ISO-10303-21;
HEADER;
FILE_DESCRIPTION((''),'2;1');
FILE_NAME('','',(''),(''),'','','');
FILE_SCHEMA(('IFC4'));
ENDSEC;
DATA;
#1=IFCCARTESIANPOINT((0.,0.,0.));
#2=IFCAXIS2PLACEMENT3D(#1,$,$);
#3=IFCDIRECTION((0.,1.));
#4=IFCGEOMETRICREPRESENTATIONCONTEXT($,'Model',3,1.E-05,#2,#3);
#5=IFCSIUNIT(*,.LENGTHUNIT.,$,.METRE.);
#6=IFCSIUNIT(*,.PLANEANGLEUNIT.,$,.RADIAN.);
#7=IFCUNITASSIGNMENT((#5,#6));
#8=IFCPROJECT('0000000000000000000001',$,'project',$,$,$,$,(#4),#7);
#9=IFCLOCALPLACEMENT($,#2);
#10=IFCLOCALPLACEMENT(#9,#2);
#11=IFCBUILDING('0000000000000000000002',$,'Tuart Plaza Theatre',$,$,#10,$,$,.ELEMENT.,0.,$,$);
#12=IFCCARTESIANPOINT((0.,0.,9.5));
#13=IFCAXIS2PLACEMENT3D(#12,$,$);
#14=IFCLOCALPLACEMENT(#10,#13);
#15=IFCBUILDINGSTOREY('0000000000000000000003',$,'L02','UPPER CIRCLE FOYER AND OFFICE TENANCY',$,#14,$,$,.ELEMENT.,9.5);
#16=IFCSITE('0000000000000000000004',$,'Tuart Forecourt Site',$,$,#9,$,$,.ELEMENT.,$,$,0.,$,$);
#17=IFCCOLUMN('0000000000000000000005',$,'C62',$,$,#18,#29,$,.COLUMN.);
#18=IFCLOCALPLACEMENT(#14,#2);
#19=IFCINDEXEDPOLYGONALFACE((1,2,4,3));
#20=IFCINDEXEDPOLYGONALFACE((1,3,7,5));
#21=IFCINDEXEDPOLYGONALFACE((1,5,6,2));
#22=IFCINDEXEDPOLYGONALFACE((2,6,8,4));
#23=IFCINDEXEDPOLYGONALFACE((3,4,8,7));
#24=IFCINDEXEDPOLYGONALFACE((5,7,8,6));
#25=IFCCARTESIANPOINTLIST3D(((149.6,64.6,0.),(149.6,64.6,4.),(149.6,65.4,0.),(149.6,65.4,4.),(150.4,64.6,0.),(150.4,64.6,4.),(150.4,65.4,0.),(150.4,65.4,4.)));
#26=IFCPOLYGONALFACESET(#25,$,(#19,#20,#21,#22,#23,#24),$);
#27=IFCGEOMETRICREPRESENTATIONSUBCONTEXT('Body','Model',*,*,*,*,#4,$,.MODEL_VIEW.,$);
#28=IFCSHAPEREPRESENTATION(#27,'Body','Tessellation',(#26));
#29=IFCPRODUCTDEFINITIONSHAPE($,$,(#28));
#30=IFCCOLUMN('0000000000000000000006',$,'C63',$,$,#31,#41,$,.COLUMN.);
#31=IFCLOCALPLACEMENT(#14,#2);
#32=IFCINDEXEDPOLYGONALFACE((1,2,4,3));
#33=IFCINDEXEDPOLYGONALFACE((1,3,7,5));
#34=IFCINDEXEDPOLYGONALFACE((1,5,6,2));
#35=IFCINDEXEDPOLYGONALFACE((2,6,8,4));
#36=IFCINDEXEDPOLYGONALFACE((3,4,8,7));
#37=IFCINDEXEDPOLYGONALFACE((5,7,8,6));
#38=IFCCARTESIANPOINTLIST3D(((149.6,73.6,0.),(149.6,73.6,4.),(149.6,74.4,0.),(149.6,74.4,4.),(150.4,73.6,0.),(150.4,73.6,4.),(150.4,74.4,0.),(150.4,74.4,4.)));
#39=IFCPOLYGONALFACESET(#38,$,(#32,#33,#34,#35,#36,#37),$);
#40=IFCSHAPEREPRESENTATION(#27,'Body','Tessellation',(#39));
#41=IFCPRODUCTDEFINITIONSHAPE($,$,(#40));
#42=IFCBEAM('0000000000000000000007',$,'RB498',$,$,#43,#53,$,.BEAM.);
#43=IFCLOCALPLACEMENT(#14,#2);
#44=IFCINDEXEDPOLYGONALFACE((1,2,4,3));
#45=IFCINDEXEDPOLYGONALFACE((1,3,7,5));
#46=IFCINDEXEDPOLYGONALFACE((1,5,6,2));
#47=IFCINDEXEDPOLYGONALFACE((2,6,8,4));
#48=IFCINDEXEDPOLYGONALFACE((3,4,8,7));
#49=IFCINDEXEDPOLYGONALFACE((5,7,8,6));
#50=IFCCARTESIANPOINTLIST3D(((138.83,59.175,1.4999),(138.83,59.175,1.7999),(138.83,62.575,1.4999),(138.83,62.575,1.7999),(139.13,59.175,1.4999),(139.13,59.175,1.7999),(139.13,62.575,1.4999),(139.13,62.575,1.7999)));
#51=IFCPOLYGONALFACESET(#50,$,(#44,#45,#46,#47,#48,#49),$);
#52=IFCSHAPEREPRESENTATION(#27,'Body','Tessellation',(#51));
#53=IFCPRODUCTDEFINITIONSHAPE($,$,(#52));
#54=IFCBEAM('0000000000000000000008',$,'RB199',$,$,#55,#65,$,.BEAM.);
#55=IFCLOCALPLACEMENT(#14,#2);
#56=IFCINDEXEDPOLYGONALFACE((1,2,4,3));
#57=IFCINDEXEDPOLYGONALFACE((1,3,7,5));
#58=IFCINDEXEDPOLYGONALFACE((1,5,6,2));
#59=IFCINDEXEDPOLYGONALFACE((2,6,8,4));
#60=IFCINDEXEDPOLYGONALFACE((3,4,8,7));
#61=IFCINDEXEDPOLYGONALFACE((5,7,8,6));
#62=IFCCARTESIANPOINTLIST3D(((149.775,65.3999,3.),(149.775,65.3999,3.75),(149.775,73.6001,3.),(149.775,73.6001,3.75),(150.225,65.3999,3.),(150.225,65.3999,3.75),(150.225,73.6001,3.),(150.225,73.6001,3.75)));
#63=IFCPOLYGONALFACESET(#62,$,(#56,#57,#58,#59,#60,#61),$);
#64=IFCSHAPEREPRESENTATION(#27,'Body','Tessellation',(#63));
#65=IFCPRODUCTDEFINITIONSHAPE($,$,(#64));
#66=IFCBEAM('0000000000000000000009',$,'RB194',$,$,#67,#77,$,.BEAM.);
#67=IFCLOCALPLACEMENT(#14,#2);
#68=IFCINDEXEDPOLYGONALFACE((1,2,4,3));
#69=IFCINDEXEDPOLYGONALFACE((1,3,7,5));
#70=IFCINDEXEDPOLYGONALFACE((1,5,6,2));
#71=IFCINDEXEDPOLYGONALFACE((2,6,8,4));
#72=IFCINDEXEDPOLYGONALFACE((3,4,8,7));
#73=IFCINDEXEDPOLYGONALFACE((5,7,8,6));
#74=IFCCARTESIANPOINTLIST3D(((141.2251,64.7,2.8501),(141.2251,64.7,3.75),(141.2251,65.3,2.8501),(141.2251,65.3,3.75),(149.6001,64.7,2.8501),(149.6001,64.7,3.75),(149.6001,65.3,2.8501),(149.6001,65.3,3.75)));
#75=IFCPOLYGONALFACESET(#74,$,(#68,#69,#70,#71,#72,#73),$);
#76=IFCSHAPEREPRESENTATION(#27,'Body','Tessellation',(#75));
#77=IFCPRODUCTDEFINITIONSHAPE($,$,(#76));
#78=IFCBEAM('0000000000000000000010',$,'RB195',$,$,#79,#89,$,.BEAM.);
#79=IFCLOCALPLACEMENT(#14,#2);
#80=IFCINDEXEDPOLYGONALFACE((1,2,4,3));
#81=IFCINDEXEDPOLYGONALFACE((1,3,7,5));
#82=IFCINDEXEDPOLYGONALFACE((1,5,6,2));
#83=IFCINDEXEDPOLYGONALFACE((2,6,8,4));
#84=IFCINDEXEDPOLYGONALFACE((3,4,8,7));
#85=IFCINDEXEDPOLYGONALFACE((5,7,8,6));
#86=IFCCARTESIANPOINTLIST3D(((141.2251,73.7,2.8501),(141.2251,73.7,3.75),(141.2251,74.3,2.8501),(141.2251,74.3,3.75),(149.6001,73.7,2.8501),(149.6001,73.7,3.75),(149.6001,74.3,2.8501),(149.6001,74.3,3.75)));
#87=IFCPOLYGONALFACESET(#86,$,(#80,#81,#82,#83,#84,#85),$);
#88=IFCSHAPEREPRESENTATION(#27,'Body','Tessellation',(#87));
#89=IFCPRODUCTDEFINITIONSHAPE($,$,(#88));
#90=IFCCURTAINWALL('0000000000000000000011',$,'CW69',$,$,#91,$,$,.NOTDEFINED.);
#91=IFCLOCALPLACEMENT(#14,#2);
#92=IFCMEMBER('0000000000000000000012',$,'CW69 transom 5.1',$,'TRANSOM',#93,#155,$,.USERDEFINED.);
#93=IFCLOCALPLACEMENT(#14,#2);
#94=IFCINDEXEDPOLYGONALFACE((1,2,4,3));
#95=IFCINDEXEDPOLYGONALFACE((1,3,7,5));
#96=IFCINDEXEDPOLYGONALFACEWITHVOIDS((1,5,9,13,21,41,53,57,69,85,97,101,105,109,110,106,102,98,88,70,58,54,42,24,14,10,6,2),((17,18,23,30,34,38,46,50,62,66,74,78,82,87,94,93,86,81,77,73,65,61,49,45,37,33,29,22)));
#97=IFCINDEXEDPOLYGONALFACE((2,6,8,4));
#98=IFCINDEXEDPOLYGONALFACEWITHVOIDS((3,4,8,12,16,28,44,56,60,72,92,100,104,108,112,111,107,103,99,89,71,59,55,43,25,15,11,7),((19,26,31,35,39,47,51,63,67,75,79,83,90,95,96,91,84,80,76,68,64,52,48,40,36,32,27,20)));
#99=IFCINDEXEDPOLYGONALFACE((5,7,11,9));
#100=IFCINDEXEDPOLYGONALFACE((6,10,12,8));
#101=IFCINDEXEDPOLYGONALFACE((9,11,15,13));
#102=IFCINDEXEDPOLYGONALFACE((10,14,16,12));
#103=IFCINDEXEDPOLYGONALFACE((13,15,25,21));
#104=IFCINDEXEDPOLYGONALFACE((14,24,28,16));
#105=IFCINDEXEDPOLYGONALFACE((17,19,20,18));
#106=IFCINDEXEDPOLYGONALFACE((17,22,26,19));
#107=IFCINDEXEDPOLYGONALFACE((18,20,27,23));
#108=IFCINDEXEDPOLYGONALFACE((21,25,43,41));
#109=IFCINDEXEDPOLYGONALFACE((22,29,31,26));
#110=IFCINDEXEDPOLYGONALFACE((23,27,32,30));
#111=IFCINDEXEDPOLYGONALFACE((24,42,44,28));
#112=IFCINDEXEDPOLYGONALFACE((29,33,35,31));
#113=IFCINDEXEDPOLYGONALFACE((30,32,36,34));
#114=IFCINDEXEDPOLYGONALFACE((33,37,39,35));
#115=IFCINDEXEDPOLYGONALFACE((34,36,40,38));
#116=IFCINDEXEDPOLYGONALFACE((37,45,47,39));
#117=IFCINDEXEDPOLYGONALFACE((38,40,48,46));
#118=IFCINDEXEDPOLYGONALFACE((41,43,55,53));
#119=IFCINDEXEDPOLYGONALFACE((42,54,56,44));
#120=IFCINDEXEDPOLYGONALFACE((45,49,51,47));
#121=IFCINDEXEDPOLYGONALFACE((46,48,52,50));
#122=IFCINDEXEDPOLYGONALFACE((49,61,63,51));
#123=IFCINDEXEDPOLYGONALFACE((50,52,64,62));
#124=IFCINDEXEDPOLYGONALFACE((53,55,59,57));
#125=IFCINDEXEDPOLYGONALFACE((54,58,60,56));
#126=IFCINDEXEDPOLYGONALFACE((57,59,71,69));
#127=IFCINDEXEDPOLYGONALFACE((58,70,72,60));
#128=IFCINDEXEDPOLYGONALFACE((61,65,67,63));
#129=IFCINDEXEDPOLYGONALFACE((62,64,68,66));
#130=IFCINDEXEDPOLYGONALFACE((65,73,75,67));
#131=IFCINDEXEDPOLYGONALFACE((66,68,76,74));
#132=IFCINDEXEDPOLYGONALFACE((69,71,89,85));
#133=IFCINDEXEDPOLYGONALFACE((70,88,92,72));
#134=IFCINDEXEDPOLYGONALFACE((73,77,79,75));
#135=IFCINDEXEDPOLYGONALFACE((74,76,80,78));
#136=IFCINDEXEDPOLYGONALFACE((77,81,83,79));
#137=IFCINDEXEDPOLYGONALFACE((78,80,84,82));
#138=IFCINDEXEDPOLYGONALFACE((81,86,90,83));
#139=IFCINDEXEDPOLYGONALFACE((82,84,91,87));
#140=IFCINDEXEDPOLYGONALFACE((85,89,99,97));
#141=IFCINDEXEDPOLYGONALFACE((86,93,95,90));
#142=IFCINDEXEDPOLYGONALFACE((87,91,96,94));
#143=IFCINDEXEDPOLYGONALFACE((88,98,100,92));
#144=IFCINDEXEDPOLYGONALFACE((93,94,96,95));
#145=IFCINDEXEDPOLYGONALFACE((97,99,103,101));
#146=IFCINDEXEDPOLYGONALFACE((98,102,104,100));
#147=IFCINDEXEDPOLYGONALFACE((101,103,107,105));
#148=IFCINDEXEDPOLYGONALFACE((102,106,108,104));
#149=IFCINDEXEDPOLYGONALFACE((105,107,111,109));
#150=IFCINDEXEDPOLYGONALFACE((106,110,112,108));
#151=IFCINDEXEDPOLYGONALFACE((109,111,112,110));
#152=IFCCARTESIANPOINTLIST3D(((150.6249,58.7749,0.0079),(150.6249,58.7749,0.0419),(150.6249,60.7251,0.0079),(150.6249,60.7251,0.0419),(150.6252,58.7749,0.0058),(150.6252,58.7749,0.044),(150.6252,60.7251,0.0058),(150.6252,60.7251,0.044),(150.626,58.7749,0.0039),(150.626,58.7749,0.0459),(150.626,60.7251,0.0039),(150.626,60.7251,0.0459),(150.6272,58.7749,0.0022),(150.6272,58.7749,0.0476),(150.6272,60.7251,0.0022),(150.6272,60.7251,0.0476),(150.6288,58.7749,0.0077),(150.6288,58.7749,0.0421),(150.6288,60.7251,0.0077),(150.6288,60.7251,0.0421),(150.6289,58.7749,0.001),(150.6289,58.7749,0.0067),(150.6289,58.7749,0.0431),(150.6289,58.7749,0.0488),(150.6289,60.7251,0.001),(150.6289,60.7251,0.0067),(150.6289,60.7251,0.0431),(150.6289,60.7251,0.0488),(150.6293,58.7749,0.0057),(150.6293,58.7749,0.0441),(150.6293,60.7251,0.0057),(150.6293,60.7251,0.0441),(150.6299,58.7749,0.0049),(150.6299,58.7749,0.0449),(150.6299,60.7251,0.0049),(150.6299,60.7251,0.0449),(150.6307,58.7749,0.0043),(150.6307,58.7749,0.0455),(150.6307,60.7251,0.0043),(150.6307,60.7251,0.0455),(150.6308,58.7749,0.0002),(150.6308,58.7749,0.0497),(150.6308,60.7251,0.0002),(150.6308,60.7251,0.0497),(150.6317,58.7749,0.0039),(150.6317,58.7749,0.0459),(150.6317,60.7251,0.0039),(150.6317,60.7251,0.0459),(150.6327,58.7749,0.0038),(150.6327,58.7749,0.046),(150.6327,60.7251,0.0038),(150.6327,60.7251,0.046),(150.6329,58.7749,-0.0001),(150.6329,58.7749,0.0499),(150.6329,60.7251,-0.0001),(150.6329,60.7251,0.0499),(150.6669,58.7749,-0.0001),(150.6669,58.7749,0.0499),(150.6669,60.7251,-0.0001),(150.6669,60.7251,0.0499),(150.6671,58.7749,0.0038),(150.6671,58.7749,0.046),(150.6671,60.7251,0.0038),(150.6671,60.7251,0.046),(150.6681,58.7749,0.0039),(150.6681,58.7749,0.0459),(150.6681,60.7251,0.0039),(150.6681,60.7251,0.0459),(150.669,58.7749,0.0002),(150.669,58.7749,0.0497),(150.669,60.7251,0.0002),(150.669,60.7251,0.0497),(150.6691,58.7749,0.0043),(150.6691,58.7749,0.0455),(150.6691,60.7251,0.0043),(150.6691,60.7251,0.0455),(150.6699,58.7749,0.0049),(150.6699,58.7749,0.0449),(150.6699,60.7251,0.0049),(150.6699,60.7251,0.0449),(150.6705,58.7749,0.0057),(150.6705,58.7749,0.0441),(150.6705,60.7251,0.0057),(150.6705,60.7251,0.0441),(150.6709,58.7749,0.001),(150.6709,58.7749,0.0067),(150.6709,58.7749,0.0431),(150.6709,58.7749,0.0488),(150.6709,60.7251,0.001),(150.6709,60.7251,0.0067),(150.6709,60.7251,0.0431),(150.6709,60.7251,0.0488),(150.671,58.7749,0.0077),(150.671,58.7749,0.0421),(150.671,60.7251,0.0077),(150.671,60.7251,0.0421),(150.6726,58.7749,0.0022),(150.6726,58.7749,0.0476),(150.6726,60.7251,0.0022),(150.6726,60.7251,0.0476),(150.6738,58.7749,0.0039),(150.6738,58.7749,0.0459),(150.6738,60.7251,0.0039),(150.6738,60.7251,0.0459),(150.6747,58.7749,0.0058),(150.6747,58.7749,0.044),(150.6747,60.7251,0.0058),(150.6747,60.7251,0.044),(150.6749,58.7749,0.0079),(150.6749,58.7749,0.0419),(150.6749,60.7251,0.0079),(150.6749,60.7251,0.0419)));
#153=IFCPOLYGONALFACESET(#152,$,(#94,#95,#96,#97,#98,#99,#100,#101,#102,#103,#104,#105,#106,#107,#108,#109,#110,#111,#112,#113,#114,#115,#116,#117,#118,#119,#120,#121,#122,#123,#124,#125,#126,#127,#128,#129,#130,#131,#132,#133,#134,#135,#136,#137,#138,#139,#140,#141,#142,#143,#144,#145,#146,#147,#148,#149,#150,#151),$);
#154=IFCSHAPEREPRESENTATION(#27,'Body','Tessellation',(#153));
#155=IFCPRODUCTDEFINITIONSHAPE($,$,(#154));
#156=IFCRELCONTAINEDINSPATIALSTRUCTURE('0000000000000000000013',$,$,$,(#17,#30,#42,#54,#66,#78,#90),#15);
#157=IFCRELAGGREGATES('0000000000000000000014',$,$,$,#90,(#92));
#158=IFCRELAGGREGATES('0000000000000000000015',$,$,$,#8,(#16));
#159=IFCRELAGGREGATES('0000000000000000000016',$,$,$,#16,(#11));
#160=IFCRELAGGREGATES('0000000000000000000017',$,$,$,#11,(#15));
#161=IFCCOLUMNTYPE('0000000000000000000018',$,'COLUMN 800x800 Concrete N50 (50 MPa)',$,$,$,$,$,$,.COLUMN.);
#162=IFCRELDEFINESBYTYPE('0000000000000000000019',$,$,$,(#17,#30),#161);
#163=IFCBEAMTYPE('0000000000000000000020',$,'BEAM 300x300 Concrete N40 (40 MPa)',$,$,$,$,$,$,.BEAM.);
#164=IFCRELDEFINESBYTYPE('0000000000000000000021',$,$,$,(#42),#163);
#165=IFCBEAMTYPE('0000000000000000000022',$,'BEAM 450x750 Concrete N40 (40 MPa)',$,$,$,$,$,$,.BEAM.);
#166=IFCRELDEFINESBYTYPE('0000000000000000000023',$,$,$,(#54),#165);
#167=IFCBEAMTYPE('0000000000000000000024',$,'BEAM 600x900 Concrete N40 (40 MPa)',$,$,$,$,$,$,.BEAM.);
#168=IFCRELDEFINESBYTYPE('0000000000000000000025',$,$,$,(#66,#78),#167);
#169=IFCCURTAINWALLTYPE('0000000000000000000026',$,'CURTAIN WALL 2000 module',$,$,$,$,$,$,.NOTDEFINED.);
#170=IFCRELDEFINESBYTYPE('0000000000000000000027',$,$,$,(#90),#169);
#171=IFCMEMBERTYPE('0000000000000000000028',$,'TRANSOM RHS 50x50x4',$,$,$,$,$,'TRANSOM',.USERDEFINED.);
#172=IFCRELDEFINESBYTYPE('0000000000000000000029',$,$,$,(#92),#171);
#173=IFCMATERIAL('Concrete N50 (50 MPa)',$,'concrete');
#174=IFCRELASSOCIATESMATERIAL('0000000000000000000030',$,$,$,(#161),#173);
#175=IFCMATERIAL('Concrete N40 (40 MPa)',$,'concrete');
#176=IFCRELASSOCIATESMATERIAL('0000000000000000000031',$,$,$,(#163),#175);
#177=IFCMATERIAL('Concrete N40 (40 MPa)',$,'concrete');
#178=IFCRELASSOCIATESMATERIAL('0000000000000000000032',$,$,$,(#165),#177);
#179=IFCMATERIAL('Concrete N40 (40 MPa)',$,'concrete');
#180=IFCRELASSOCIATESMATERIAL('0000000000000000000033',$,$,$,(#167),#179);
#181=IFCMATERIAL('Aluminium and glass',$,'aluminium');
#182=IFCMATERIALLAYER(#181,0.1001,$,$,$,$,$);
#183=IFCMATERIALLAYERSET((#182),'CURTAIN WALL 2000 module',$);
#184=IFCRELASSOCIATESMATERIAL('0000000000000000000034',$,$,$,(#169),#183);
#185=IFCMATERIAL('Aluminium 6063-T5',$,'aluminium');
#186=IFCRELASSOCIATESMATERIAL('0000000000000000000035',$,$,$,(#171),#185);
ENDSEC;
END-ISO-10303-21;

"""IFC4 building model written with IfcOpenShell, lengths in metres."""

from ifc_helpers import new_model, si_unit, direction, frame, origin, origin_2d, place, context, subcontext, project, spatial, rectangle, hollow_rectangle, extrude, material, layer, layer_set, material_profile, profile_set, type_object, element, aggregate, save


model = new_model("IFC4")

# Units and contexts
model_context = context("Model", 3, precision=1e-05, world=origin(), true_north=direction((0.0, 1.0)))
body_context = subcontext(model_context, "Body", "Model", "MODEL_VIEW")
ifc_project = project(units=[si_unit("LENGTHUNIT", "METRE"), si_unit("PLANEANGLEUNIT", "RADIAN")], contexts=[model_context])

# Site, building, storey
site_placement = place(None, origin())
site = spatial("IfcSite", under=ifc_project, at=site_placement, Name="Tuart Forecourt Site", CompositionType="ELEMENT", RefElevation=0.0)
building_placement = place(site_placement, origin())
building = spatial("IfcBuilding", under=site, at=building_placement, Name="Tuart Plaza Theatre", CompositionType="ELEMENT", ElevationOfRefHeight=0.0)
storey_placement = place(building_placement, frame((0.0, 0.0, 9.5)))
storey = spatial("IfcBuildingStorey", under=building, at=storey_placement, Name="L02", Description="UPPER CIRCLE FOYER AND OFFICE TENANCY", CompositionType="ELEMENT", Elevation=9.5)

# Columns
ifc_material_1 = material(Name="Concrete N50 (50 MPa)", Category="concrete")
ifc_material_profile_1 = material_profile(ifc_material_1, rectangle(XDim=0.8, YDim=0.8, at=origin_2d()), Name="COLUMN 800x800 Concrete N50 (50 MPa)")
ifc_profile_set_1 = profile_set([ifc_material_profile_1], Name="Concrete N50 (50 MPa)")
column_type = type_object("IfcColumnType", Name="COLUMN 800x800 Concrete N50 (50 MPa)", PredefinedType="COLUMN", material=ifc_profile_set_1)
for number, where, z_axis, x_axis, name in (
    (1, (150.0, 65.0, 0.0), (0.0, 0.0, 1.0), (1.0, 0.0, 0.0), "C62"),
    (2, (150.0, 74.0, 0.0), (0.0, 0.0, 1.0), (1.0, 0.0, 0.0), "C63"),
):
    element("IfcColumn", number, at=place(storey_placement, frame(where, z_axis=z_axis, x_axis=x_axis)), inside=storey, type_object=column_type, Name=name, PredefinedType="COLUMN", context=body_context, shape_type="SweptSolid", body=[
        extrude(rectangle(XDim=0.8, YDim=0.8, at=origin_2d()), origin(), (0.0, 0.0, 1.0), 4.0),
    ])

# Beams
ifc_material_2 = material(Name="Concrete N40 (40 MPa)", Category="concrete")
ifc_material_profile_2 = material_profile(ifc_material_2, rectangle(XDim=0.3, YDim=0.3, at=origin_2d()), Name="BEAM 300x300 Concrete N40 (40 MPa)")
ifc_profile_set_2 = profile_set([ifc_material_profile_2], Name="Concrete N40 (40 MPa)")
beam_type_1 = type_object("IfcBeamType", Name="BEAM 300x300 Concrete N40 (40 MPa)", PredefinedType="BEAM", material=ifc_profile_set_2)
beam_1_placement = place(storey_placement, frame((138.98, 59.175, 1.6499), z_axis=(0.0, 1.0, 0.0), x_axis=(-1.0, 0.0, 0.0)))
element("IfcBeam", 3, at=beam_1_placement, inside=storey, type_object=beam_type_1, Name="RB498", PredefinedType="BEAM", context=body_context, shape_type="SweptSolid", body=[
    extrude(rectangle(XDim=0.3, YDim=0.3, at=origin_2d()), origin(), (0.0, 0.0, 1.0), 3.3999),
])
ifc_material_3 = material(Name="Concrete N40 (40 MPa)", Category="concrete")
ifc_material_profile_3 = material_profile(ifc_material_3, rectangle(XDim=0.45, YDim=0.75, at=origin_2d()), Name="BEAM 450x750 Concrete N40 (40 MPa)")
ifc_profile_set_3 = profile_set([ifc_material_profile_3], Name="Concrete N40 (40 MPa)")
beam_type_2 = type_object("IfcBeamType", Name="BEAM 450x750 Concrete N40 (40 MPa)", PredefinedType="BEAM", material=ifc_profile_set_3)
beam_2_placement = place(storey_placement, frame((150.0, 65.3999, 3.375), z_axis=(0.0, 1.0, 0.0), x_axis=(-1.0, 0.0, 0.0)))
element("IfcBeam", 4, at=beam_2_placement, inside=storey, type_object=beam_type_2, Name="RB199", PredefinedType="BEAM", context=body_context, shape_type="SweptSolid", body=[
    extrude(rectangle(XDim=0.45, YDim=0.75, at=origin_2d()), origin(), (0.0, 0.0, 1.0), 8.2002),
])
ifc_material_4 = material(Name="Concrete N40 (40 MPa)", Category="concrete")
ifc_material_profile_4 = material_profile(ifc_material_4, rectangle(XDim=0.6001, YDim=0.8999, at=origin_2d()), Name="BEAM 600x900 Concrete N40 (40 MPa)")
ifc_profile_set_4 = profile_set([ifc_material_profile_4], Name="Concrete N40 (40 MPa)")
beam_type_3 = type_object("IfcBeamType", Name="BEAM 600x900 Concrete N40 (40 MPa)", PredefinedType="BEAM", material=ifc_profile_set_4)
for number, where, z_axis, x_axis, name in (
    (5, (141.2251, 65.0, 3.3), (1.0, 0.0, 0.0), (0.0, 1.0, 0.0), "RB194"),
    (6, (141.2251, 74.0, 3.3), (1.0, 0.0, 0.0), (0.0, 1.0, 0.0), "RB195"),
):
    element("IfcBeam", number, at=place(storey_placement, frame(where, z_axis=z_axis, x_axis=x_axis)), inside=storey, type_object=beam_type_3, Name=name, PredefinedType="BEAM", context=body_context, shape_type="SweptSolid", body=[
        extrude(rectangle(XDim=0.6001, YDim=0.8999, at=origin_2d()), origin(), (0.0, 0.0, 1.0), 8.375),
    ])

# Curtain wall, member
ifc_material_5 = material(Name="Aluminium and glass", Category="aluminium")
ifc_layer_1 = layer(ifc_material_5, 0.1001)
ifc_layer_set_1 = layer_set([ifc_layer_1], Name="CURTAIN WALL 2000 module")
curtain_wall_type = type_object("IfcCurtainWallType", Name="CURTAIN WALL 2000 module", PredefinedType="NOTDEFINED", material=ifc_layer_set_1)
curtain_wall_placement = place(storey_placement, origin())
curtain_wall = element("IfcCurtainWall", 7, at=curtain_wall_placement, inside=storey, type_object=curtain_wall_type, Name="CW69", PredefinedType="NOTDEFINED")
ifc_material_6 = material(Name="Aluminium 6063-T5", Category="aluminium")
ifc_material_profile_5 = material_profile(ifc_material_6, hollow_rectangle(XDim=0.05, YDim=0.05, WallThickness=0.0039, InnerFilletRadius=0.0039, OuterFilletRadius=0.0081, at=origin_2d()), Name="RHS 50x50x4")
ifc_profile_set_5 = profile_set([ifc_material_profile_5], Name="Aluminium 6063-T5")
member_type = type_object("IfcMemberType", Name="TRANSOM RHS 50x50x4", ElementType="TRANSOM", PredefinedType="USERDEFINED", material=ifc_profile_set_5)
member_1_placement = place(storey_placement, frame((150.6499, 58.7749, 0.0249), z_axis=(0.0, 1.0, 0.0), x_axis=(-1.0, 0.0, 0.0)))
member_1 = element("IfcMember", 8, at=member_1_placement, type_object=member_type, Name="CW69 transom 5.1", ObjectType="TRANSOM", PredefinedType="USERDEFINED", context=body_context, shape_type="SweptSolid", body=[
    extrude(hollow_rectangle(XDim=0.05, YDim=0.05, WallThickness=0.0039, InnerFilletRadius=0.0039, OuterFilletRadius=0.0081, at=origin_2d()), origin(), (0.0, 0.0, 1.0), 1.9502),
])
aggregate(curtain_wall, [member_1])

save(model, "model.ifc")
